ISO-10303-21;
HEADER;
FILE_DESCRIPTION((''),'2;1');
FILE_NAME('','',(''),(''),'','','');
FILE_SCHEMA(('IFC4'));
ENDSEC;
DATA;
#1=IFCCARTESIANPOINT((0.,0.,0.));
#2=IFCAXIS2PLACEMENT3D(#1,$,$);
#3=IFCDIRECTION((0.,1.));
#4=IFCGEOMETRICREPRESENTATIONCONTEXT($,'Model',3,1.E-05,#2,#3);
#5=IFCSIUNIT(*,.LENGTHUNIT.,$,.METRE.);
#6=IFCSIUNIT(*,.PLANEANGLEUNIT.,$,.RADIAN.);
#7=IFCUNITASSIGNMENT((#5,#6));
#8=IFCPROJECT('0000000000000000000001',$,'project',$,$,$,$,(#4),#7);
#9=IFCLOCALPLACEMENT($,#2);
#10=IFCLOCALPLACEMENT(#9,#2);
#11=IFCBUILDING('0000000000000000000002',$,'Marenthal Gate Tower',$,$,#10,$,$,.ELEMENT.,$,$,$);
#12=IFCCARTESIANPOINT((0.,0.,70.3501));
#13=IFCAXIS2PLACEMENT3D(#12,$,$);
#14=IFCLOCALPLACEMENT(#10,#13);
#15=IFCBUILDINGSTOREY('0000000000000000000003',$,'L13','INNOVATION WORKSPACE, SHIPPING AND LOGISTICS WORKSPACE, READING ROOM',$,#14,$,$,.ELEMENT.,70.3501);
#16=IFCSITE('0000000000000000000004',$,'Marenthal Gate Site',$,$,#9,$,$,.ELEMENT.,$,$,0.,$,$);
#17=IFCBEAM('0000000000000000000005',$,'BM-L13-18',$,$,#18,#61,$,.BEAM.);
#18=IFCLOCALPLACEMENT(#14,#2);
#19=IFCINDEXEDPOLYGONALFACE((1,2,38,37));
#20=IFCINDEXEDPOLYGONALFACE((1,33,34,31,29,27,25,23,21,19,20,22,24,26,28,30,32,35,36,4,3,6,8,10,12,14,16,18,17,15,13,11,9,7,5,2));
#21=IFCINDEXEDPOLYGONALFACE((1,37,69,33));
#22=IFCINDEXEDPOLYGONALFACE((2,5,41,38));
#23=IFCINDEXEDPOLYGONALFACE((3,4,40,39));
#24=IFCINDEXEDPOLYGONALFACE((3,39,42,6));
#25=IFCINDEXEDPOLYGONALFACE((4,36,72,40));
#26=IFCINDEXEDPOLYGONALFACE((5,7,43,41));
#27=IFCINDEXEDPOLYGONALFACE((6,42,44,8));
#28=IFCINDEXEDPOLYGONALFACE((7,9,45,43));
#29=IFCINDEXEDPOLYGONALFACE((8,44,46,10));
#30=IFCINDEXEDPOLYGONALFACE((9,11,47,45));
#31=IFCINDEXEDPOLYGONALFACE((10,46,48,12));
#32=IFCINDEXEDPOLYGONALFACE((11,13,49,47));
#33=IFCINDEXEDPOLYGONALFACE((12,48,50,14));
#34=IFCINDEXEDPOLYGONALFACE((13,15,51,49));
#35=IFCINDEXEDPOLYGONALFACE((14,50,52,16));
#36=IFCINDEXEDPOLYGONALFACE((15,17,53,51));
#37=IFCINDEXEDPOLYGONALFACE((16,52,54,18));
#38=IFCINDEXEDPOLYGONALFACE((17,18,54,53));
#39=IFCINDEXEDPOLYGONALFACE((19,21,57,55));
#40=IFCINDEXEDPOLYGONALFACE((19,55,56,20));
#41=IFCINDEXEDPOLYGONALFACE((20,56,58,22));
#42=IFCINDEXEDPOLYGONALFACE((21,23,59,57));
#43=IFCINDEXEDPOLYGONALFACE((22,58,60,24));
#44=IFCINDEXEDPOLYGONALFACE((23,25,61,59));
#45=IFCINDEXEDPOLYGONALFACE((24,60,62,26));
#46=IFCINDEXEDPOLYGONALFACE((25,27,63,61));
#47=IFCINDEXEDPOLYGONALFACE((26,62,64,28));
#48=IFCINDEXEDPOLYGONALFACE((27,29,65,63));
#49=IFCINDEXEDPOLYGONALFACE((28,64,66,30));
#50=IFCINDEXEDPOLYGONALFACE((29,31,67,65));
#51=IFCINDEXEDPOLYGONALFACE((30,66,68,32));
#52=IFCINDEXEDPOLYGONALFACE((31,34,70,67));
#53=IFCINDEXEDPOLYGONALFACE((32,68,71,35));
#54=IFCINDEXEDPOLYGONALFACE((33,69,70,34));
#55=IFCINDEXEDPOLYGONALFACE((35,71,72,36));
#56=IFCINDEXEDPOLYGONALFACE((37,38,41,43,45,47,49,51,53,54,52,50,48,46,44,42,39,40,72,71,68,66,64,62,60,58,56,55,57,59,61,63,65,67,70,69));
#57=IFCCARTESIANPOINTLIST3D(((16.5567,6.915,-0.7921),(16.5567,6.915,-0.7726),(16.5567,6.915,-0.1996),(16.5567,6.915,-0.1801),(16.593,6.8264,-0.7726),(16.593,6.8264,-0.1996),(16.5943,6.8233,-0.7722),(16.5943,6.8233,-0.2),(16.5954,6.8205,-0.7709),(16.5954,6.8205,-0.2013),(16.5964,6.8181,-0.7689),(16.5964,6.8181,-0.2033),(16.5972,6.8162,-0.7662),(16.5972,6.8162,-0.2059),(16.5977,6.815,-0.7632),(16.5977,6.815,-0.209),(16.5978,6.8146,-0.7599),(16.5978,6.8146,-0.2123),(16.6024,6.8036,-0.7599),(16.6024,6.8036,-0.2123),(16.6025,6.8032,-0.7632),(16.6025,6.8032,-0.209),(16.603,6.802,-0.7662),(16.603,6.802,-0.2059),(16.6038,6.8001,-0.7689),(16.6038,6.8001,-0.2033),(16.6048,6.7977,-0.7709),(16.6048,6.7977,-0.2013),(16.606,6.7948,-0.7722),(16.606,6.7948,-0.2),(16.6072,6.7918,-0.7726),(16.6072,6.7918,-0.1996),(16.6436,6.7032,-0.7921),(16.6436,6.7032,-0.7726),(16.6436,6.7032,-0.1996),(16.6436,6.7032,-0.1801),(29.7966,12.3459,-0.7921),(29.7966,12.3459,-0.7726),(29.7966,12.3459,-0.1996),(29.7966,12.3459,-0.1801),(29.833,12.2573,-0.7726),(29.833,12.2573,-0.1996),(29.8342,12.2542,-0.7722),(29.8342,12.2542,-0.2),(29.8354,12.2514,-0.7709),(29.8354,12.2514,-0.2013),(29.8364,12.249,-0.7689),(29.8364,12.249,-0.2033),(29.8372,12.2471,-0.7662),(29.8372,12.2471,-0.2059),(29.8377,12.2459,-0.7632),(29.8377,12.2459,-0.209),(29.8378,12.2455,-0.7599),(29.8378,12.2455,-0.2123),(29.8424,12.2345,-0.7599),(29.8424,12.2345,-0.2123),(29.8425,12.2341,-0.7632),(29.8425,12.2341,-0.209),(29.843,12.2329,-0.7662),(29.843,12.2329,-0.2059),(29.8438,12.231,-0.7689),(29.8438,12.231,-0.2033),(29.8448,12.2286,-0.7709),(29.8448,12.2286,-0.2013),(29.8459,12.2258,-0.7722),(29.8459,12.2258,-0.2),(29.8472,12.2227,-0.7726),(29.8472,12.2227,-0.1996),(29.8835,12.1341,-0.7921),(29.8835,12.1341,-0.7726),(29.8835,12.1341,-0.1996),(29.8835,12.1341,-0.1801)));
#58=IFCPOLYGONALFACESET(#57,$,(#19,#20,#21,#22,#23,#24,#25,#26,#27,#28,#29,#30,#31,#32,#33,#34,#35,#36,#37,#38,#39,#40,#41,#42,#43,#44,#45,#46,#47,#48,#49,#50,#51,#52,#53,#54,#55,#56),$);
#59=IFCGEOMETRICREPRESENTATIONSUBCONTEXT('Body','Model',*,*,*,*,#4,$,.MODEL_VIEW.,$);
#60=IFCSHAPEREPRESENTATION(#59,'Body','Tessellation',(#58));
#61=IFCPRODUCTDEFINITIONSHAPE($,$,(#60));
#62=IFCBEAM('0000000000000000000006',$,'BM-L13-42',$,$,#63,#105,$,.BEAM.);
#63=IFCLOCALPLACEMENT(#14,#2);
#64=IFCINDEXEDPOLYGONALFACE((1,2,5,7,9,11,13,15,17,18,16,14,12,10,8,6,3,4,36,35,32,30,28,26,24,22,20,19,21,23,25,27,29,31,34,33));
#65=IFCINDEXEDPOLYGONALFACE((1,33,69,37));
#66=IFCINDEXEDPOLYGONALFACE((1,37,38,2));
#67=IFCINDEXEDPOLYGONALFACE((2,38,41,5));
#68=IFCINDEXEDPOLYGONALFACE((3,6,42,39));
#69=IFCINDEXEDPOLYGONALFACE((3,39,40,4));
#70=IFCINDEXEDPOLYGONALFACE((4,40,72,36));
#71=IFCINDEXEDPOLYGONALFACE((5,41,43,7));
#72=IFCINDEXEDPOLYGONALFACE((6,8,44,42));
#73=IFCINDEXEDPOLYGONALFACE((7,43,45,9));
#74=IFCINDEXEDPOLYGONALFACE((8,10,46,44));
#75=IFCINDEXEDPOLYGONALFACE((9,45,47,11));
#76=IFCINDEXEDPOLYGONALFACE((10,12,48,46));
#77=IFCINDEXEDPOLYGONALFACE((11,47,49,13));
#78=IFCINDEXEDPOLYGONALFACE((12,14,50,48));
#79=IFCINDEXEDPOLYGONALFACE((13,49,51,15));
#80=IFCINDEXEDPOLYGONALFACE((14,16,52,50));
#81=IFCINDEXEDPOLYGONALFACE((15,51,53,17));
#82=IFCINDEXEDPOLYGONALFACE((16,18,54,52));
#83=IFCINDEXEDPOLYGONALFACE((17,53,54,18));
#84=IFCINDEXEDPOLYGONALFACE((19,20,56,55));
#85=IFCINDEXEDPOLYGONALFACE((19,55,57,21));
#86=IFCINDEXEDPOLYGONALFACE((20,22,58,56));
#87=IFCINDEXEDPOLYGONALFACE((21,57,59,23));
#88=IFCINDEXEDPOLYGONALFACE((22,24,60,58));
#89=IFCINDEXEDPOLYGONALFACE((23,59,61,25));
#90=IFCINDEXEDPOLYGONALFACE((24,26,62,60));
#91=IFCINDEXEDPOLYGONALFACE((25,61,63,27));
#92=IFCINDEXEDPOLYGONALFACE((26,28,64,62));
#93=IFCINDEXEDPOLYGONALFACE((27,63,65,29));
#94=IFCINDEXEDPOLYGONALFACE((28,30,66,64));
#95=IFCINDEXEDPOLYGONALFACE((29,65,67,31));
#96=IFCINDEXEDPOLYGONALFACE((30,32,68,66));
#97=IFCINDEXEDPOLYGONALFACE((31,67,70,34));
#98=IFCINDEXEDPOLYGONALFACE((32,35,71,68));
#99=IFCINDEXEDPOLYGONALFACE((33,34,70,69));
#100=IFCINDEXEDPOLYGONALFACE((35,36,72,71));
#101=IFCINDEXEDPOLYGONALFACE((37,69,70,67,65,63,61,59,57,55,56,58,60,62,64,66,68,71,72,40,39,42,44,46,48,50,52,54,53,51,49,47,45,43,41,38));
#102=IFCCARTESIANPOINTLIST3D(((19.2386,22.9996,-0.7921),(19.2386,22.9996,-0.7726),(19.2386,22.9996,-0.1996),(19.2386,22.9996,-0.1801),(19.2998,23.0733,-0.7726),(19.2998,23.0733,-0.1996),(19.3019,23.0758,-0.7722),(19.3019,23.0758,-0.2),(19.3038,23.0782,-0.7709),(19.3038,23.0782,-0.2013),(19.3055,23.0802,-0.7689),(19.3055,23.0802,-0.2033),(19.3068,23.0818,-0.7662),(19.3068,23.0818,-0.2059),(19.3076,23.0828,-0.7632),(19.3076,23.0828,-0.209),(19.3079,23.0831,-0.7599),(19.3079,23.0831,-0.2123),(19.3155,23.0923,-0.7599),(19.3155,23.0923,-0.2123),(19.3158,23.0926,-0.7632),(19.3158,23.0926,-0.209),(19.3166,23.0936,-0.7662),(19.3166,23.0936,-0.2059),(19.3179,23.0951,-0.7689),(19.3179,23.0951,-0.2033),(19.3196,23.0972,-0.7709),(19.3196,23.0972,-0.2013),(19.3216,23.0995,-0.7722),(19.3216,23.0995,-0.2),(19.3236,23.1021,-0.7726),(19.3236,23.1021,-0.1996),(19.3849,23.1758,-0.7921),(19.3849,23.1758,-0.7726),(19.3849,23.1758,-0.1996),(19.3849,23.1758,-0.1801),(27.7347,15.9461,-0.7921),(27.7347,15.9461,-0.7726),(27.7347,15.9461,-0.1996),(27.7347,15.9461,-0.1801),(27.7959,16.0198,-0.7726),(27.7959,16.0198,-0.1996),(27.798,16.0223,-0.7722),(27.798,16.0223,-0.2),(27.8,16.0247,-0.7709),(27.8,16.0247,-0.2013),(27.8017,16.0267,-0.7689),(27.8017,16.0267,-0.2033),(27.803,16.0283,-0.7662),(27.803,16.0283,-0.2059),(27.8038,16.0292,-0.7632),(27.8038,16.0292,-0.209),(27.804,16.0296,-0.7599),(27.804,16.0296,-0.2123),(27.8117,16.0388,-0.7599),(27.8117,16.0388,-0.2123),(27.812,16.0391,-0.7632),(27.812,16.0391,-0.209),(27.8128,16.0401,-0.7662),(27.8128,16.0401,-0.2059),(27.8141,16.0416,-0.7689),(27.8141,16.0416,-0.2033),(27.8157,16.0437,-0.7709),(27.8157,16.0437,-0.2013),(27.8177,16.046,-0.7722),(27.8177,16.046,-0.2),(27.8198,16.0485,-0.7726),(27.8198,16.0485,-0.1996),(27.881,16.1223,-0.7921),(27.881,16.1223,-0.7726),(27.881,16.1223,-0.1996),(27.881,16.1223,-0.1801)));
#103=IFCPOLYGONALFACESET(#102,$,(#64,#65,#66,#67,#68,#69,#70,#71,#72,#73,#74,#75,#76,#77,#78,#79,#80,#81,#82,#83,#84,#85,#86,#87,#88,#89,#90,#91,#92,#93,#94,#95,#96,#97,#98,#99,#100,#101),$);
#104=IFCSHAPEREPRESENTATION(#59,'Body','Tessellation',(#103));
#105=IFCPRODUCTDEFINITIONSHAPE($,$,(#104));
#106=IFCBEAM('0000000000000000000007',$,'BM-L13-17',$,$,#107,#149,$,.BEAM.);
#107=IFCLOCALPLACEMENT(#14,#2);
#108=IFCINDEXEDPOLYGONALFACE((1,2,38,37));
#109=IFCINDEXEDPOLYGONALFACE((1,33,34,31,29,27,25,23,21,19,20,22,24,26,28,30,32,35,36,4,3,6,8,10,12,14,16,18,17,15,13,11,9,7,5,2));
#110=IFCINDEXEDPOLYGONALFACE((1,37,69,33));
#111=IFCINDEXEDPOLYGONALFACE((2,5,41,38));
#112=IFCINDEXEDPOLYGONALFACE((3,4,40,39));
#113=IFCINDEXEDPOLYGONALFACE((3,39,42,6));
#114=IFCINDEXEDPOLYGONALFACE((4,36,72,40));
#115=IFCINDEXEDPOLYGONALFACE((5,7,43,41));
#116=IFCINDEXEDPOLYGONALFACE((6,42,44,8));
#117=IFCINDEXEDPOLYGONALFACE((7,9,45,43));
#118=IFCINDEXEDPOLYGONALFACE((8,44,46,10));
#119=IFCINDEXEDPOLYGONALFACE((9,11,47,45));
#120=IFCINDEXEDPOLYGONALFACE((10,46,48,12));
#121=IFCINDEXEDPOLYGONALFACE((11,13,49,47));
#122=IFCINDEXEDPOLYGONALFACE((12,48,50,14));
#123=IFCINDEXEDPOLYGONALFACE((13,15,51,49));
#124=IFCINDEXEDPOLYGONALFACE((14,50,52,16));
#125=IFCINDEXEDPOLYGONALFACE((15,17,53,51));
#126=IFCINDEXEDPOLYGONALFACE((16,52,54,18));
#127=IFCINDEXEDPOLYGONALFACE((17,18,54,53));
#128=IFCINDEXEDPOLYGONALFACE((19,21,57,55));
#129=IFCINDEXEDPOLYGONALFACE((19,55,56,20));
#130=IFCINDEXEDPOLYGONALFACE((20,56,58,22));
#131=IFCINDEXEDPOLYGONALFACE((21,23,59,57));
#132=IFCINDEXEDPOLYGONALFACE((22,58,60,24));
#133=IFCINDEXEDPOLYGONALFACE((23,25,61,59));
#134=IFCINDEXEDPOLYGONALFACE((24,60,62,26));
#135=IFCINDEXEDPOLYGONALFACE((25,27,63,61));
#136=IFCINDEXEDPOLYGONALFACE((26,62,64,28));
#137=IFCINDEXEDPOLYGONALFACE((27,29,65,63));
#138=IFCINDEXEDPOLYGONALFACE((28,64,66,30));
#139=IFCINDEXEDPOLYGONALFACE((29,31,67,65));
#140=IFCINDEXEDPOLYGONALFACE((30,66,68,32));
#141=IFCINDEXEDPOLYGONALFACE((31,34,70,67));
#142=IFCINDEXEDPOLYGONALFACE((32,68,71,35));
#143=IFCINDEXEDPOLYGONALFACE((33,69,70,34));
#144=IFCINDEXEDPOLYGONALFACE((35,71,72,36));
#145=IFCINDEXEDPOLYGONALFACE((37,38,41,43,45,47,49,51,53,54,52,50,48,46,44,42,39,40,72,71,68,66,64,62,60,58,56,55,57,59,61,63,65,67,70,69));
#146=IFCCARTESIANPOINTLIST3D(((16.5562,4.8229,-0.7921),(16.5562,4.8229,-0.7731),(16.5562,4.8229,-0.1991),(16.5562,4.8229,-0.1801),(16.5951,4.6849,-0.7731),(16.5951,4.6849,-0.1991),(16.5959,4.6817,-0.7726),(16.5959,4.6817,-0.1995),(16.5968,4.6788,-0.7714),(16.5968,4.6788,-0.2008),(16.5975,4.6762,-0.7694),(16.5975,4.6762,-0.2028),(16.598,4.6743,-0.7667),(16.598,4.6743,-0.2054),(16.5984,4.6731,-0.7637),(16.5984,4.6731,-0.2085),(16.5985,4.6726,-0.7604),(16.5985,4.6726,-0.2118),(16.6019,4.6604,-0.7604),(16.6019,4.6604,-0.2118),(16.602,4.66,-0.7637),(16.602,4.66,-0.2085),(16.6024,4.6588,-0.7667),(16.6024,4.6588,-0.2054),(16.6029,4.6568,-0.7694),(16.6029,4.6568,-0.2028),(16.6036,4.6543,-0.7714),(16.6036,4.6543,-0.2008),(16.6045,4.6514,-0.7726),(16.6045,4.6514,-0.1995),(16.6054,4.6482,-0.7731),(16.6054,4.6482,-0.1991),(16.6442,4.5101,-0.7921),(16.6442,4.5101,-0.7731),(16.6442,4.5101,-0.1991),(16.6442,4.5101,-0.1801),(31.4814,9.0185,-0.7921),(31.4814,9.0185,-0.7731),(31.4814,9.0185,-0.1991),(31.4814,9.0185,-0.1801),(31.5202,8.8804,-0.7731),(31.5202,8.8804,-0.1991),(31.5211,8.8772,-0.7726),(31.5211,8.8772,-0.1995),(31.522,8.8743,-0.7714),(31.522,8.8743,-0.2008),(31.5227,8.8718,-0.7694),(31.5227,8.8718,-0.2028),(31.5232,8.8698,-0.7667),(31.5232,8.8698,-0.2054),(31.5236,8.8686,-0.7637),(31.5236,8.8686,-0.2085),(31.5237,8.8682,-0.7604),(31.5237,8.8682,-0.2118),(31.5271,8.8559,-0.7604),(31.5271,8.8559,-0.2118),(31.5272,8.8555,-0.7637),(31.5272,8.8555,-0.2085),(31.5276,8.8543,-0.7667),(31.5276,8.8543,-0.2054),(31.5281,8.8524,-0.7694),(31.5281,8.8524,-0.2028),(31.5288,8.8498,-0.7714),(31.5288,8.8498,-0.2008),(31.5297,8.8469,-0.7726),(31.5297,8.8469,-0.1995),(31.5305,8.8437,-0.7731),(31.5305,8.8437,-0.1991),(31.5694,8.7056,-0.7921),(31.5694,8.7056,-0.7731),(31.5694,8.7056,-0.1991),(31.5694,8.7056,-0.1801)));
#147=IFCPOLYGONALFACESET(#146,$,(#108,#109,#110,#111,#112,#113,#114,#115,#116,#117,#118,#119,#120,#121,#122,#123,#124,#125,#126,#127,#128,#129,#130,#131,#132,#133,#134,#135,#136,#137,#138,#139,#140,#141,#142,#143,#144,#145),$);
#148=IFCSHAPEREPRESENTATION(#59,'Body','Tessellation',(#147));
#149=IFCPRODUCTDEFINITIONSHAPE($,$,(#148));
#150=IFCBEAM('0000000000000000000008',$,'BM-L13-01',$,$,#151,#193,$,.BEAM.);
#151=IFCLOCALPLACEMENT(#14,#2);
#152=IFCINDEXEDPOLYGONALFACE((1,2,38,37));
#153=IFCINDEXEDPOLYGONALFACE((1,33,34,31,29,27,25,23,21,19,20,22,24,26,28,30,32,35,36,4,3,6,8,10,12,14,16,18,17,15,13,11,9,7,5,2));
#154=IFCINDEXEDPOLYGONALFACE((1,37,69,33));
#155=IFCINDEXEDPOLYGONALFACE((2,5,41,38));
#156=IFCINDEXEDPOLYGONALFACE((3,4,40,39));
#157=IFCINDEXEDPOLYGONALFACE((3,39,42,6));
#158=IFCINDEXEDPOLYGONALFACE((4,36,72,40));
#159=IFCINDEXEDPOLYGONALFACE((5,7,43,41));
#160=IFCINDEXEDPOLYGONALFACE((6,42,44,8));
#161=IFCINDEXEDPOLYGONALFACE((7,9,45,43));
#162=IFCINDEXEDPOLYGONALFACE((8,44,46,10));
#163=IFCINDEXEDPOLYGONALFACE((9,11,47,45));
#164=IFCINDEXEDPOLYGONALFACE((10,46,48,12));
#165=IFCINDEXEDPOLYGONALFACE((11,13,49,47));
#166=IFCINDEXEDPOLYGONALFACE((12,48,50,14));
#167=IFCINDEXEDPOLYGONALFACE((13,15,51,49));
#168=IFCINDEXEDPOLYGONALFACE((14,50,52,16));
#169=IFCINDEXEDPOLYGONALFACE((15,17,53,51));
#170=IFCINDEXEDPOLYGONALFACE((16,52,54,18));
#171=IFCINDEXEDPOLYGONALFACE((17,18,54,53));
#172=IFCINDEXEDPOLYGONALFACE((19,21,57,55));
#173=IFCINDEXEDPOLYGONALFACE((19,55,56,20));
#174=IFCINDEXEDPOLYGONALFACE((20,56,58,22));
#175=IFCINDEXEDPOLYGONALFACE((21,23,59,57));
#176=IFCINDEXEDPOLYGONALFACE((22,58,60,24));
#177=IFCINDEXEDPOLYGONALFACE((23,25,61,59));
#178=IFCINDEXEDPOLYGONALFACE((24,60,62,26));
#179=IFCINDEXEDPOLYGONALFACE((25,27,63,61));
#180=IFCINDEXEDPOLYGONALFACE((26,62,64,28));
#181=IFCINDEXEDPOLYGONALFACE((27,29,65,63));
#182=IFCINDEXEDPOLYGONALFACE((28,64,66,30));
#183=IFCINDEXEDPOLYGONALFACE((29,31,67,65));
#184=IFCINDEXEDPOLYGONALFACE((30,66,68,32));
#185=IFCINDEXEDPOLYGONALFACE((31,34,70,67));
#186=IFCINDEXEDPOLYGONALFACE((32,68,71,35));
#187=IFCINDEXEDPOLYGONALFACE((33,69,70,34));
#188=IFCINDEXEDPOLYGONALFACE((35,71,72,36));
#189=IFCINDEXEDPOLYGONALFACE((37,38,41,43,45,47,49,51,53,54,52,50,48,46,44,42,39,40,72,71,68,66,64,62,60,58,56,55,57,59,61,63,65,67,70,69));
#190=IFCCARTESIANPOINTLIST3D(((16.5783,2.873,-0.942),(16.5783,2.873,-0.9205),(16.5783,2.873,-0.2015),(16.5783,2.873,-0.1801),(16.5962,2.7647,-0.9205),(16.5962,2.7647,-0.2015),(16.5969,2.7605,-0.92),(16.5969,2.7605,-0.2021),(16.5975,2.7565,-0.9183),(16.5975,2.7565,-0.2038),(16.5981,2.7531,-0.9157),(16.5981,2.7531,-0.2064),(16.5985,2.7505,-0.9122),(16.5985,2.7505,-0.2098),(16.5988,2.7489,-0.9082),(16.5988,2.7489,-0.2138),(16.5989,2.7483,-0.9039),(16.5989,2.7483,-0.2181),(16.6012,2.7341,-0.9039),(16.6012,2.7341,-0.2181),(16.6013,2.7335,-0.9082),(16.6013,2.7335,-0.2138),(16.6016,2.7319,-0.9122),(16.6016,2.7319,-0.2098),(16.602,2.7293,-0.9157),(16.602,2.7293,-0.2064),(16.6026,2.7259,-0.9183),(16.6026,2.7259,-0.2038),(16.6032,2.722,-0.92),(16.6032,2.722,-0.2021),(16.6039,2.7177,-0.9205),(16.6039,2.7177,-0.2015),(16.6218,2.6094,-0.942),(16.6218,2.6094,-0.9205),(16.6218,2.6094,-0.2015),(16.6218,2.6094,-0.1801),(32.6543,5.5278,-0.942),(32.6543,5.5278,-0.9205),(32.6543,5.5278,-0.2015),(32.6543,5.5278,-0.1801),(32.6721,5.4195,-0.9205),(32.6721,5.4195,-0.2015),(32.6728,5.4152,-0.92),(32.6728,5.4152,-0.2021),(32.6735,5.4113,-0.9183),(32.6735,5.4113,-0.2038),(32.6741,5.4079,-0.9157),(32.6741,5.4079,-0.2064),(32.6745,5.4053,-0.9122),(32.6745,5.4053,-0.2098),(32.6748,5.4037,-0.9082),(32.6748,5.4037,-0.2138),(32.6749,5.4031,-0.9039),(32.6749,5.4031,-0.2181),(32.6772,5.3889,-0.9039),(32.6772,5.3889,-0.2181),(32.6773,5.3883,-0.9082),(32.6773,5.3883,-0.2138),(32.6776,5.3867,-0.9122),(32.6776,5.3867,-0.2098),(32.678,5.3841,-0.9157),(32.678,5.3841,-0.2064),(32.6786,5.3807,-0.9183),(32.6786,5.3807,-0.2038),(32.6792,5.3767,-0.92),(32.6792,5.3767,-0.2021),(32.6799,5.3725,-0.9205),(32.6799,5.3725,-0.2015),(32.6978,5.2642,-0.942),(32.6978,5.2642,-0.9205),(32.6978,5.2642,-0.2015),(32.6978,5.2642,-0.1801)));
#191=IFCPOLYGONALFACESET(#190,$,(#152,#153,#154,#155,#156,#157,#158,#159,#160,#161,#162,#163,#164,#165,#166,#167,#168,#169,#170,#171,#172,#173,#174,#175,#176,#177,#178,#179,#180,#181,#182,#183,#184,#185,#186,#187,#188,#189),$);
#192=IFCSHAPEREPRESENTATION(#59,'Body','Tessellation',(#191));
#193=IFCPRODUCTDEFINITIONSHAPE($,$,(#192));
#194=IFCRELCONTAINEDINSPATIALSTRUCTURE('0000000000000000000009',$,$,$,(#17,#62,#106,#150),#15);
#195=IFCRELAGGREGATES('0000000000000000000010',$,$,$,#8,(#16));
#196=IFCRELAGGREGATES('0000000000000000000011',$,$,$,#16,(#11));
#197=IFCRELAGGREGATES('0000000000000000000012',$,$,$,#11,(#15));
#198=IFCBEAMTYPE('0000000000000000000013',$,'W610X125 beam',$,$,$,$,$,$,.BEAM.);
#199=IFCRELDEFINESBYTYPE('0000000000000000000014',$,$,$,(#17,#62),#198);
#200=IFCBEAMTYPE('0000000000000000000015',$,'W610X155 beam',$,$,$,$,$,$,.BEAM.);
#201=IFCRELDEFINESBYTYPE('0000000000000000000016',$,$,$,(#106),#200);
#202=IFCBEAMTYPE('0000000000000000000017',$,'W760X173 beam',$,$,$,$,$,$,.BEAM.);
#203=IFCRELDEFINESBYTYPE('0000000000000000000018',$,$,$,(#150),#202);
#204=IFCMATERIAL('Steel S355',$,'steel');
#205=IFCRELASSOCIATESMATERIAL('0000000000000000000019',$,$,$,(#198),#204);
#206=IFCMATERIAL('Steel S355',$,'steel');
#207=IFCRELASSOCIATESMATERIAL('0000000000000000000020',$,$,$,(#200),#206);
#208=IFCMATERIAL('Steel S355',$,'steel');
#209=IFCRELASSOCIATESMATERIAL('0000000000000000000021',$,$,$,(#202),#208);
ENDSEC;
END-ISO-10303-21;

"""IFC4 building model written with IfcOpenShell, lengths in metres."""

from ifc_helpers import new_model, si_unit, direction, frame, origin, origin_2d, place, context, subcontext, project, spatial, i_section, extrude, material, material_profile, profile_set, type_object, element, save


model = new_model("IFC4")

# Units and contexts
model_context = context("Model", 3, precision=1e-05, world=origin(), true_north=direction((0.0, 1.0)))
body_context = subcontext(model_context, "Body", "Model", "MODEL_VIEW")
ifc_project = project(units=[si_unit("LENGTHUNIT", "METRE"), si_unit("PLANEANGLEUNIT", "RADIAN")], contexts=[model_context])

# Site, building, storey
site_placement = place(None, origin())
site = spatial("IfcSite", under=ifc_project, at=site_placement, Name="Marenthal Gate Site", CompositionType="ELEMENT", RefElevation=0.0)
building_placement = place(site_placement, origin())
building = spatial("IfcBuilding", under=site, at=building_placement, Name="Marenthal Gate Tower", CompositionType="ELEMENT")
storey_placement = place(building_placement, frame((0.0, 0.0, 70.3501)))
storey = spatial("IfcBuildingStorey", under=building, at=storey_placement, Name="L13", Description="INNOVATION WORKSPACE, SHIPPING AND LOGISTICS WORKSPACE, READING ROOM", CompositionType="ELEMENT", Elevation=70.3501)

# Beams
ifc_material_1 = material(Name="Steel S355", Category="steel")
ifc_material_profile_1 = material_profile(ifc_material_1, i_section(OverallWidth=0.229, OverallDepth=0.6121, WebThickness=0.012, FlangeThickness=0.0195, FilletRadius=0.0127, at=origin_2d()), Name="W610X125")
ifc_profile_set_1 = profile_set([ifc_material_profile_1], Name="Steel S355")
beam_type_1 = type_object("IfcBeamType", Name="W610X125 beam", PredefinedType="BEAM", material=ifc_profile_set_1)
beam_1_placement = place(storey_placement, frame((29.8401, 12.24, -0.4861), z_axis=(-0.92519, -0.379504, 0.0), x_axis=(0.379504, -0.92519, 0.0)))
element("IfcBeam", 1, at=beam_1_placement, inside=storey, type_object=beam_type_1, Name="BM-L13-18", PredefinedType="BEAM", context=body_context, shape_type="SweptSolid", body=[
    extrude(i_section(OverallWidth=0.229, OverallDepth=0.6121, WebThickness=0.012, FlangeThickness=0.0195, FilletRadius=0.0127, at=origin_2d()), origin(), (0.0, 0.0, 1.0), 14.3105),
])
beam_2_placement = place(storey_placement, frame((27.8079, 16.0342, -0.4861), z_axis=(-0.769405, 0.638761, 0.0), x_axis=(-0.638761, -0.769405, 0.0)))
element("IfcBeam", 2, at=beam_2_placement, inside=storey, type_object=beam_type_1, Name="BM-L13-42", PredefinedType="BEAM", context=body_context, shape_type="SweptSolid", body=[
    extrude(i_section(OverallWidth=0.229, OverallDepth=0.6121, WebThickness=0.012, FlangeThickness=0.0195, FilletRadius=0.0127, at=origin_2d()), origin(), (0.0, 0.0, 1.0), 11.0425),
])
ifc_material_2 = material(Name="Steel S355", Category="steel")
ifc_material_profile_2 = material_profile(ifc_material_2, i_section(OverallWidth=0.325, OverallDepth=0.6121, WebThickness=0.0127, FlangeThickness=0.019, FilletRadius=0.0127, at=origin_2d()), Name="W610X155")
ifc_profile_set_2 = profile_set([ifc_material_profile_2], Name="Steel S355")
beam_type_2 = type_object("IfcBeamType", Name="W610X155 beam", PredefinedType="BEAM", material=ifc_profile_set_2)
beam_3_placement = place(storey_placement, frame((31.5254, 8.8621, -0.4861), z_axis=(-0.962688, -0.270615, 0.0), x_axis=(0.270615, -0.962688, 0.0)))
element("IfcBeam", 3, at=beam_3_placement, inside=storey, type_object=beam_type_2, Name="BM-L13-17", PredefinedType="BEAM", context=body_context, shape_type="SweptSolid", body=[
    extrude(i_section(OverallWidth=0.325, OverallDepth=0.6121, WebThickness=0.0127, FlangeThickness=0.019, FilletRadius=0.0127, at=origin_2d()), origin(), (0.0, 0.0, 1.0), 15.5037),
])
ifc_material_3 = material(Name="Steel S355", Category="steel")
ifc_material_profile_3 = material_profile(ifc_material_3, i_section(OverallWidth=0.2671, OverallDepth=0.762, WebThickness=0.0144, FlangeThickness=0.0215, FilletRadius=0.0166, at=origin_2d()), Name="W760X173")
ifc_profile_set_3 = profile_set([ifc_material_profile_3], Name="Steel S355")
beam_type_3 = type_object("IfcBeamType", Name="W760X173 beam", PredefinedType="BEAM", material=ifc_profile_set_3)
beam_4_placement = place(storey_placement, frame((32.676, 5.396, -0.561), z_axis=(-0.986637, -0.162934, 0.0), x_axis=(0.162934, -0.986637, 0.0)))
element("IfcBeam", 4, at=beam_4_placement, inside=storey, type_object=beam_type_3, Name="BM-L13-01", PredefinedType="BEAM", context=body_context, shape_type="SweptSolid", body=[
    extrude(i_section(OverallWidth=0.2671, OverallDepth=0.762, WebThickness=0.0144, FlangeThickness=0.0215, FilletRadius=0.0166, at=origin_2d()), origin(), (0.0, 0.0, 1.0), 16.2937),
])

save(model, "model.ifc")
